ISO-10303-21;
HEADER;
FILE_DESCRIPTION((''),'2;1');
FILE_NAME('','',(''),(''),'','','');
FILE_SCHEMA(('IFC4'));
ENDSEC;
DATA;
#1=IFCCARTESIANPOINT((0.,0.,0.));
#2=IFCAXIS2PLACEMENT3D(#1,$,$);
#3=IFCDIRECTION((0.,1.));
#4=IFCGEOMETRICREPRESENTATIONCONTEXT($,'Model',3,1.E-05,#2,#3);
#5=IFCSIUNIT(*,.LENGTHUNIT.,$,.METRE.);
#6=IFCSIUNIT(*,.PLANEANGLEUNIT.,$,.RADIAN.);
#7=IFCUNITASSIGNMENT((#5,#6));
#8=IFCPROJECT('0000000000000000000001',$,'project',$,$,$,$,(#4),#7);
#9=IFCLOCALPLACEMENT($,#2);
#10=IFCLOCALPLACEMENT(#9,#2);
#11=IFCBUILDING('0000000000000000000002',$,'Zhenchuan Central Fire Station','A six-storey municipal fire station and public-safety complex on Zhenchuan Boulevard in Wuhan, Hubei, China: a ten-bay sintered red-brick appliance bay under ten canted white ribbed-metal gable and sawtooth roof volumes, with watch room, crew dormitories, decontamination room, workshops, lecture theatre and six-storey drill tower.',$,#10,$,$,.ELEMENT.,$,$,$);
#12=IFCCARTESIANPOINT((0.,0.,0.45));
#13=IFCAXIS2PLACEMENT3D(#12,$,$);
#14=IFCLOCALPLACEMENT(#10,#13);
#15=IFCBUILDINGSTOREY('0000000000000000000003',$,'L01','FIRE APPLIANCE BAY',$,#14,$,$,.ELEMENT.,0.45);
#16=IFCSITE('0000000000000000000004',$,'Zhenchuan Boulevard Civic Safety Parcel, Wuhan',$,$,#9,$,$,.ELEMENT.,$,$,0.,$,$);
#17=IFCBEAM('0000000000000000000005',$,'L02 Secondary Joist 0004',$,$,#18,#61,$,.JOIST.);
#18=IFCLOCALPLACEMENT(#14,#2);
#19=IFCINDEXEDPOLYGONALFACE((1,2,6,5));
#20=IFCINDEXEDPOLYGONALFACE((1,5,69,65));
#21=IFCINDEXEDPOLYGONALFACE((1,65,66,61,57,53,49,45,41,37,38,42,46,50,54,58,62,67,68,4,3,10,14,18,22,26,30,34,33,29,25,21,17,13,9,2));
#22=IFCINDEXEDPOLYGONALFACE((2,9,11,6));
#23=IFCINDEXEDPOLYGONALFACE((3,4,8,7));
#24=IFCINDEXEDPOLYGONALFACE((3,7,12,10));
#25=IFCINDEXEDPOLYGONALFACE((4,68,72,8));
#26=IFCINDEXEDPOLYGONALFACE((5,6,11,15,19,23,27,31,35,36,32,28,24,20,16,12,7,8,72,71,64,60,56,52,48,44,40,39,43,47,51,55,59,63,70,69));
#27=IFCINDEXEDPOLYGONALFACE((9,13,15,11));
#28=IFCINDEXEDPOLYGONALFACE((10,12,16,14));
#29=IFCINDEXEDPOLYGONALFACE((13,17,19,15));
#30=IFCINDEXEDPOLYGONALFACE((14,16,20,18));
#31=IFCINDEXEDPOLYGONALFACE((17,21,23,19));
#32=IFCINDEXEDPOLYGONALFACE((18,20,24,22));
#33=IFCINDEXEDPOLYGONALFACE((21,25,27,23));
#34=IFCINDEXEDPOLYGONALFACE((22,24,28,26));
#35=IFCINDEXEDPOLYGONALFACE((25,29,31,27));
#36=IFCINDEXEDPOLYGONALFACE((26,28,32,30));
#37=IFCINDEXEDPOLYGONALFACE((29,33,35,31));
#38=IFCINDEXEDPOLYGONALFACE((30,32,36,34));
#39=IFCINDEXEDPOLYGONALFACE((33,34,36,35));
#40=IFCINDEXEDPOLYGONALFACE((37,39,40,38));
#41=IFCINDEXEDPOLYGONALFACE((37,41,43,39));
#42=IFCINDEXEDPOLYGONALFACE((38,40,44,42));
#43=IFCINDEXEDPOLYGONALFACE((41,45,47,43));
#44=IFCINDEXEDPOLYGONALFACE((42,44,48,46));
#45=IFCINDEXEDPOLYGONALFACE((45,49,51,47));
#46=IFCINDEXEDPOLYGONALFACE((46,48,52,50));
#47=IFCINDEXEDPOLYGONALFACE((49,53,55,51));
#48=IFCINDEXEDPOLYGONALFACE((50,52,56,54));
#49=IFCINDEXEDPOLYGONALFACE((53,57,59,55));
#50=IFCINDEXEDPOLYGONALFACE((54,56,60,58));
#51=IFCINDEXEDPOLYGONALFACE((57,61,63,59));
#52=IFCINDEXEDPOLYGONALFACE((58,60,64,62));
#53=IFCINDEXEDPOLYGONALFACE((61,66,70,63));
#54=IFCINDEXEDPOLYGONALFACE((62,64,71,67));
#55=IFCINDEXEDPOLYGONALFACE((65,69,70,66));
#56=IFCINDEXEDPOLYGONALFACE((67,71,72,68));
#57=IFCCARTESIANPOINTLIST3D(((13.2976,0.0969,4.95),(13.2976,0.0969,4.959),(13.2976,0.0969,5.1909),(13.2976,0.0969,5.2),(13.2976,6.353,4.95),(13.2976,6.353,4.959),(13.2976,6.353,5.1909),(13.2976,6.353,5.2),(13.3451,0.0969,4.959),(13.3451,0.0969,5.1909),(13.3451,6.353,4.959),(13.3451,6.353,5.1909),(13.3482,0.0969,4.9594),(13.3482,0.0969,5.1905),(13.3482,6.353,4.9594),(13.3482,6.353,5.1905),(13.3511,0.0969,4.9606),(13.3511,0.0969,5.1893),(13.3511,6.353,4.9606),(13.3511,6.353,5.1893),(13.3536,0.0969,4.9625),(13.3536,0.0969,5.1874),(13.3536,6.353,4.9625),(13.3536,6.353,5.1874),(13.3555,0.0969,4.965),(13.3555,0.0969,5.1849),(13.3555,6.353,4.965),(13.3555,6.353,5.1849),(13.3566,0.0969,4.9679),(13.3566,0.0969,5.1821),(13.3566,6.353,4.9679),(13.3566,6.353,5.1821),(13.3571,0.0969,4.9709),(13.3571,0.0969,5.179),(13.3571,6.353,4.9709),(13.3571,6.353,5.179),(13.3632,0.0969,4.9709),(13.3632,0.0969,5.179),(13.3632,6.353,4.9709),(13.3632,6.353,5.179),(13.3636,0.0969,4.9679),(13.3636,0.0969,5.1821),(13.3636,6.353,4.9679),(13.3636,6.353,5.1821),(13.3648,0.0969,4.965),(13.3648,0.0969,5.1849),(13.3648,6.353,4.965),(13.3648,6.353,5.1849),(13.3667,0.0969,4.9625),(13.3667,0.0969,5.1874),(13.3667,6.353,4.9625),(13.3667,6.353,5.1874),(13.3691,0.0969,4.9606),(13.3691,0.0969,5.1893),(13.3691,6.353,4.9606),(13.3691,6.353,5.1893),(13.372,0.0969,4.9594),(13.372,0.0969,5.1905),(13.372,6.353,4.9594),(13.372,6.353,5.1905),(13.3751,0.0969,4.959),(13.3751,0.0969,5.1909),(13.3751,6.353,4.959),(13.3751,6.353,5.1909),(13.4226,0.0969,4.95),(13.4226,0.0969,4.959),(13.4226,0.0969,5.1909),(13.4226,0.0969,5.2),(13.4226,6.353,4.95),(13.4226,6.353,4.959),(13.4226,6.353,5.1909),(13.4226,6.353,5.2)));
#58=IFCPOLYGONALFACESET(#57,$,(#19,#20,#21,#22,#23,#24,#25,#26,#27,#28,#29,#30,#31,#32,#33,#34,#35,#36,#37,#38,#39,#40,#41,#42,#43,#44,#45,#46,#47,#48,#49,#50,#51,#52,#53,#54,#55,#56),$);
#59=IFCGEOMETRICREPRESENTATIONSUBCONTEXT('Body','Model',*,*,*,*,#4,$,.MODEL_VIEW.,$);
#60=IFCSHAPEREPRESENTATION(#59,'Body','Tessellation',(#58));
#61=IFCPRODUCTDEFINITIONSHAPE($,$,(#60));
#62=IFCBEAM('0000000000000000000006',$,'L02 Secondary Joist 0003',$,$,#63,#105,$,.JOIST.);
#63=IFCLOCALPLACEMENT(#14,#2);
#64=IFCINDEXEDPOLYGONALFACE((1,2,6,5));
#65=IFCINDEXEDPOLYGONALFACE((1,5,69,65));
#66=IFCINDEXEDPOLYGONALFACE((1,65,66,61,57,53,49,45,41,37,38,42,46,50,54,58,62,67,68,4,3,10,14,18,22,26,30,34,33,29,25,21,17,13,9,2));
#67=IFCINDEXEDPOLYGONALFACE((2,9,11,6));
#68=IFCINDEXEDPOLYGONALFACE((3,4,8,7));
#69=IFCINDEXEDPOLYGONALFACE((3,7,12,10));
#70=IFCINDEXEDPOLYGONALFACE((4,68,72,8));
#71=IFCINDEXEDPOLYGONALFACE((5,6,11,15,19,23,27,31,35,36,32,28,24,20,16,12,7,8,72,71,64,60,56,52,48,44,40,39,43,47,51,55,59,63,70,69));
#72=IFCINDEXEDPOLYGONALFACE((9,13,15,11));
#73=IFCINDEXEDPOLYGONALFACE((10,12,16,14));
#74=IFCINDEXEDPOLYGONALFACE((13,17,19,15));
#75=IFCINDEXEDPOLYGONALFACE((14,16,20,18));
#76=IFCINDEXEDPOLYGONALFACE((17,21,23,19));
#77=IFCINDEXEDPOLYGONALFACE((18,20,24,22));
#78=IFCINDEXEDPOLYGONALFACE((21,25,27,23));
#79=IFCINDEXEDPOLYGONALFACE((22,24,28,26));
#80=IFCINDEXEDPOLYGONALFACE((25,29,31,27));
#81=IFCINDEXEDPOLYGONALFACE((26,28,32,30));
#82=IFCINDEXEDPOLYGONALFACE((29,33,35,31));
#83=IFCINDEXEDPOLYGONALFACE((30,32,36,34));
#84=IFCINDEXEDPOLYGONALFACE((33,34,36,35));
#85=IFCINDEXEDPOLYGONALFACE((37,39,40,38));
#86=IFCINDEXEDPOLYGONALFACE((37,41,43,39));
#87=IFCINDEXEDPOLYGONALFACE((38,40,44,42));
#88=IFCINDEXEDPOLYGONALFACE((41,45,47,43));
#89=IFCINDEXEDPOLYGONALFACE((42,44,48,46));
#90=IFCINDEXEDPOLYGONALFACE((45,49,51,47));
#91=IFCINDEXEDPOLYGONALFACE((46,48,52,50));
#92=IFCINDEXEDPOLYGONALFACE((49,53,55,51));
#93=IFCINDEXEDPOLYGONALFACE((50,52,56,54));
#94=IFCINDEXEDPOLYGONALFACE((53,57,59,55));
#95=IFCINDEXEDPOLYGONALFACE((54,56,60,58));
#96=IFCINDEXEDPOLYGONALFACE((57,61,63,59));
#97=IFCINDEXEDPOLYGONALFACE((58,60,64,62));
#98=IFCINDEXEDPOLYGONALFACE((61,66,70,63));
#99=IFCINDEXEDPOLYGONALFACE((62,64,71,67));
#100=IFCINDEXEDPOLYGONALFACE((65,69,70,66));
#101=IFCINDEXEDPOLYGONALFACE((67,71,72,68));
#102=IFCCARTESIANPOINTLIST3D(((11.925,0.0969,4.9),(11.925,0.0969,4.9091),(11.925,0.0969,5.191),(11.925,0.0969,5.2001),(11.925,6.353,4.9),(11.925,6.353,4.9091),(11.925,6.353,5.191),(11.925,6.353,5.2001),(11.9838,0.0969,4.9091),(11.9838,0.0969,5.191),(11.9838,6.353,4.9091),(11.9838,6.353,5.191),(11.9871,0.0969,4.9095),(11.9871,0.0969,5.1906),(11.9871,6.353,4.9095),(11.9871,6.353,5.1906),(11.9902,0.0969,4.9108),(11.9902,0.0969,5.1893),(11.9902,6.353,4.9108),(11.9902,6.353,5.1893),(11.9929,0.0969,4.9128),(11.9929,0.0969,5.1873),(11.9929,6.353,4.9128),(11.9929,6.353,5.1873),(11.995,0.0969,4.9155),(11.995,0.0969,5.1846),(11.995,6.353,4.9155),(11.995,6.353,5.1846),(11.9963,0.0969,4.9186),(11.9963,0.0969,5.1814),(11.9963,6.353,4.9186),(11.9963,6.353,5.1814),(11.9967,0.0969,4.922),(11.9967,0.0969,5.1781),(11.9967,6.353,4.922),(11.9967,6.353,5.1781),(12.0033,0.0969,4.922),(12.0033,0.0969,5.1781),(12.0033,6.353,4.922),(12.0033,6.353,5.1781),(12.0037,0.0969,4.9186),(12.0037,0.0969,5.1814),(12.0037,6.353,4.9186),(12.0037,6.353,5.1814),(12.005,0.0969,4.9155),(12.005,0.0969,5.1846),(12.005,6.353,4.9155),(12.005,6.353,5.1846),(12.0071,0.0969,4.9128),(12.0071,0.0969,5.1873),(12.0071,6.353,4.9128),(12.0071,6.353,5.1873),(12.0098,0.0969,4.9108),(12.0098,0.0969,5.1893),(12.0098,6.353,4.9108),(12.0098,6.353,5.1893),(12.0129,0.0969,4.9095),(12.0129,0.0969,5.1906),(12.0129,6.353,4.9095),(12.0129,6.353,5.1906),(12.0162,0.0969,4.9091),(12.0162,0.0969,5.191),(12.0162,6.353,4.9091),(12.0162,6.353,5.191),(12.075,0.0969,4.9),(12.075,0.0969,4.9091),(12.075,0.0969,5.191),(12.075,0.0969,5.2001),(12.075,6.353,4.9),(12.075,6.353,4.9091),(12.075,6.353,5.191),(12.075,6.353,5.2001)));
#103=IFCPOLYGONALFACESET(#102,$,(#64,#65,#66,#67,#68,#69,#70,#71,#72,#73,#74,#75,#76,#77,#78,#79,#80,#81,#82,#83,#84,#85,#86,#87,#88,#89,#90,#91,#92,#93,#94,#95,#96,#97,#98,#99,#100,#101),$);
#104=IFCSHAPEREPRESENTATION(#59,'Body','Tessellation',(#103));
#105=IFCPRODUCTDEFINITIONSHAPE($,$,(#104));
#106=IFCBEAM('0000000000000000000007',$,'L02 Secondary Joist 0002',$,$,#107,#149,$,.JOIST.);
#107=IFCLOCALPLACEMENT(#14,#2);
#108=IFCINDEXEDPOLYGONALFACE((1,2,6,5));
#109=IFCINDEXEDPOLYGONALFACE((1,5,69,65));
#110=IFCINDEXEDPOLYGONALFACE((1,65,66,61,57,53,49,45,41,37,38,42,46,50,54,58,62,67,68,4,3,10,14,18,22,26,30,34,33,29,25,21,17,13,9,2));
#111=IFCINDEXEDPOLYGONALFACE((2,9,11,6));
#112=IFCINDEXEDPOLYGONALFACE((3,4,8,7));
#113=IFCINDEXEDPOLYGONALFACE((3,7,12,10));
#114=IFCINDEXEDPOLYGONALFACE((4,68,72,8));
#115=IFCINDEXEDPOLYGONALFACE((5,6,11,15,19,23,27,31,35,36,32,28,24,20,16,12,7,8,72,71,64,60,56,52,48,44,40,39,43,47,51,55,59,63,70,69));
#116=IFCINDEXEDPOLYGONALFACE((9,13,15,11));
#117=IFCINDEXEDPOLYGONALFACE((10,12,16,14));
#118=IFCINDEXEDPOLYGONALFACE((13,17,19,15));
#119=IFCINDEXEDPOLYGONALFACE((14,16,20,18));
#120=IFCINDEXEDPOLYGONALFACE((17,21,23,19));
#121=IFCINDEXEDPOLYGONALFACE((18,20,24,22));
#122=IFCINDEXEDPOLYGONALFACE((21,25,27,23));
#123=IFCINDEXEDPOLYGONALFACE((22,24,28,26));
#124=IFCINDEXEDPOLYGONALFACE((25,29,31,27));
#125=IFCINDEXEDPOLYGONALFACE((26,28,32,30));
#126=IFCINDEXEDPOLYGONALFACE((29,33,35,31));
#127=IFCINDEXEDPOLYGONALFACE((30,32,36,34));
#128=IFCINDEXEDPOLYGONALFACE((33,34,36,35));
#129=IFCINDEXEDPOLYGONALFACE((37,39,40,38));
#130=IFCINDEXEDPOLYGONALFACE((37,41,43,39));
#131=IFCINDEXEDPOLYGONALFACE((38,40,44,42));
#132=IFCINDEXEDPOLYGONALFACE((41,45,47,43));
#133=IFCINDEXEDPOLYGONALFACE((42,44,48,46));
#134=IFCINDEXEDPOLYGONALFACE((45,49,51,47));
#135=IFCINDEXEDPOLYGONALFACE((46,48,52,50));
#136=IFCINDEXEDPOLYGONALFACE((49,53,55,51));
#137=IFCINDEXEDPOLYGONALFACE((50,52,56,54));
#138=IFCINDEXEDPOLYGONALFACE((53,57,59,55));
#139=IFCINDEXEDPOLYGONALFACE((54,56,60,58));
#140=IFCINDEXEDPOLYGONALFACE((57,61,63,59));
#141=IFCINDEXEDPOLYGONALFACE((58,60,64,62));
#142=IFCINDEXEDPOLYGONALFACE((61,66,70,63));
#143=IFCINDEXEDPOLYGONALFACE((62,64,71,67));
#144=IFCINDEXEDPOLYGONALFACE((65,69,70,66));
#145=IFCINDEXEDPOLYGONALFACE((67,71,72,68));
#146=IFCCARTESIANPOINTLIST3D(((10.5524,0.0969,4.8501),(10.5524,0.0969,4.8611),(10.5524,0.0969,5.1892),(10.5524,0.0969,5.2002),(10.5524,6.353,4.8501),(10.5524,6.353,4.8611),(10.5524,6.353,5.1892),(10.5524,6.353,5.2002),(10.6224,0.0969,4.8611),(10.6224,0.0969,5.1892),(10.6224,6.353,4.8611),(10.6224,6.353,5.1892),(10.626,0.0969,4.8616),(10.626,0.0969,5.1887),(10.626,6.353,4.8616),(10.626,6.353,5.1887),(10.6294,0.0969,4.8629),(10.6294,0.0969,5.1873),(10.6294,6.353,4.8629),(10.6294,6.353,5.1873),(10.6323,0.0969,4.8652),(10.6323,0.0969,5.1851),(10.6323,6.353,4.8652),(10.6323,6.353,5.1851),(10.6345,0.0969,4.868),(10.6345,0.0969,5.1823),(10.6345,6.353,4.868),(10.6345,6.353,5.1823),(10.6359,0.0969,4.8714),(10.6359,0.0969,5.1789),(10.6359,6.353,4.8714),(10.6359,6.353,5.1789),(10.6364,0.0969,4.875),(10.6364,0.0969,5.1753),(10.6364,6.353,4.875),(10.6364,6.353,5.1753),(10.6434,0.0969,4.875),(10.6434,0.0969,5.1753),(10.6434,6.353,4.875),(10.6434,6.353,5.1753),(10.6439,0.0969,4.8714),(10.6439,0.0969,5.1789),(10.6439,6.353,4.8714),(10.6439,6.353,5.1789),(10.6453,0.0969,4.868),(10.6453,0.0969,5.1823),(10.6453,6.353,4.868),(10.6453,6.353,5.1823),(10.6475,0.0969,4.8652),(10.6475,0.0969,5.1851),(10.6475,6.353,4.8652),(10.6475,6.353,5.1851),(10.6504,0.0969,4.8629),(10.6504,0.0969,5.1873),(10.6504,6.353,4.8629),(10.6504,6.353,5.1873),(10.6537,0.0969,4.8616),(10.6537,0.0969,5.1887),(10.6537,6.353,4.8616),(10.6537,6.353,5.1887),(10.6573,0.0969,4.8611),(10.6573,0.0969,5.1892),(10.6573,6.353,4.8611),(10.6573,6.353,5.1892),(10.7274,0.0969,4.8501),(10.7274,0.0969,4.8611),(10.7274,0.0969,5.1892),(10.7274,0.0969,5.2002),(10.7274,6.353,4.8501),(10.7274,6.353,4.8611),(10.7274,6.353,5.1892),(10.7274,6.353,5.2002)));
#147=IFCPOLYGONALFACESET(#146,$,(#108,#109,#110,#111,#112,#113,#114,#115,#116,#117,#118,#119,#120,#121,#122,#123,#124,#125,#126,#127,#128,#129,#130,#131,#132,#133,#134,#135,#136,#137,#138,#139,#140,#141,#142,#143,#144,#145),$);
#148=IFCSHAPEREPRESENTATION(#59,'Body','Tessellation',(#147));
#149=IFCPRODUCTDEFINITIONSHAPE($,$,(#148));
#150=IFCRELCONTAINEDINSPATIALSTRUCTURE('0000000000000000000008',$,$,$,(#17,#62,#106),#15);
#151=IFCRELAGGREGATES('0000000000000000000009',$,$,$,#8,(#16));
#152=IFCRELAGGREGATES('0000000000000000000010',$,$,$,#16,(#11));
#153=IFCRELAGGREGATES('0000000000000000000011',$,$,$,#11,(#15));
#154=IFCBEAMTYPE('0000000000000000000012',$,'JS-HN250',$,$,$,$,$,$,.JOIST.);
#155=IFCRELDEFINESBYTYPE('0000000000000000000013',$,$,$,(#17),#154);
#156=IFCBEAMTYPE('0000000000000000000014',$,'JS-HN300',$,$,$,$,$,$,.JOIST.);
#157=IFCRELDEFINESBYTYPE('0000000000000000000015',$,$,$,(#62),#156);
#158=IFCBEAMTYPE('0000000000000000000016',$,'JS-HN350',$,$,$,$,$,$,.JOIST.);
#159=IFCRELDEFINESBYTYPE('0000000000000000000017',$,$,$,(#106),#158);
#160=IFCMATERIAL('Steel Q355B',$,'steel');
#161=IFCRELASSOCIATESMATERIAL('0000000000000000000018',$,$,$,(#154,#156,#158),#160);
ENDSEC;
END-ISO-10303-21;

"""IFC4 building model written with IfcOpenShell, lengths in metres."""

from ifc_helpers import new_model, si_unit, direction, frame, origin, origin_2d, place, context, subcontext, project, spatial, i_section, extrude, material, material_profile, profile_set, type_object, element, save


model = new_model("IFC4")

# Units and contexts
model_context = context("Model", 3, precision=1e-05, world=origin(), true_north=direction((0.0, 1.0)))
body_context = subcontext(model_context, "Body", "Model", "MODEL_VIEW")
ifc_project = project(units=[si_unit("LENGTHUNIT", "METRE"), si_unit("PLANEANGLEUNIT", "RADIAN")], contexts=[model_context])

# Site, building, storey
site_placement = place(None, origin())
site = spatial("IfcSite", under=ifc_project, at=site_placement, Name="Zhenchuan Boulevard Civic Safety Parcel, Wuhan", CompositionType="ELEMENT", RefElevation=0.0)
building_placement = place(site_placement, origin())
building = spatial("IfcBuilding", under=site, at=building_placement, Name="Zhenchuan Central Fire Station", Description="A six-storey municipal fire station and public-safety complex on Zhenchuan Boulevard in Wuhan, Hubei, China: a ten-bay sintered red-brick appliance bay under ten canted white ribbed-metal gable and sawtooth roof volumes, with watch room, crew dormitories, decontamination room, workshops, lecture theatre and six-storey drill tower.", CompositionType="ELEMENT")
storey_placement = place(building_placement, frame((0.0, 0.0, 0.45)))
storey = spatial("IfcBuildingStorey", under=building, at=storey_placement, Name="L01", Description="FIRE APPLIANCE BAY", CompositionType="ELEMENT", Elevation=0.45)

# Shared definitions
ifc_material_1 = material(Name="Steel Q355B", Category="steel")

# Beams
ifc_material_profile_1 = material_profile(ifc_material_1, i_section(OverallWidth=0.125, OverallDepth=0.25, WebThickness=0.0061, FlangeThickness=0.009, FilletRadius=0.012, at=origin_2d()), Name="HN 250x125")
ifc_profile_set_1 = profile_set([ifc_material_profile_1], Name="Steel Q355B")
beam_type_1 = type_object("IfcBeamType", Name="JS-HN250", PredefinedType="JOIST", material=ifc_profile_set_1)
beam_1_placement = place(storey_placement, frame((13.3601, 0.0969, 5.075), z_axis=(0.0, 1.0, 0.0), x_axis=(-1.0, 0.0, 0.0)))
element("IfcBeam", 1, at=beam_1_placement, inside=storey, type_object=beam_type_1, Name="L02 Secondary Joist 0004", PredefinedType="JOIST", context=body_context, shape_type="SweptSolid", body=[
    extrude(i_section(OverallWidth=0.125, OverallDepth=0.25, WebThickness=0.0061, FlangeThickness=0.009, FilletRadius=0.012, at=origin_2d()), origin(), (0.0, 0.0, 1.0), 6.2561),
])
ifc_material_profile_2 = material_profile(ifc_material_1, i_section(OverallWidth=0.1499, OverallDepth=0.3, WebThickness=0.0066, FlangeThickness=0.009, FilletRadius=0.0129, at=origin_2d()), Name="HN 300x150")
ifc_profile_set_2 = profile_set([ifc_material_profile_2], Name="Steel Q355B")
beam_type_2 = type_object("IfcBeamType", Name="JS-HN300", PredefinedType="JOIST", material=ifc_profile_set_2)
beam_2_placement = place(storey_placement, frame((12.0, 0.0969, 5.05), z_axis=(0.0, 1.0, 0.0), x_axis=(-1.0, 0.0, 0.0)))
element("IfcBeam", 2, at=beam_2_placement, inside=storey, type_object=beam_type_2, Name="L02 Secondary Joist 0003", PredefinedType="JOIST", context=body_context, shape_type="SweptSolid", body=[
    extrude(i_section(OverallWidth=0.1499, OverallDepth=0.3, WebThickness=0.0066, FlangeThickness=0.009, FilletRadius=0.0129, at=origin_2d()), origin(), (0.0, 0.0, 1.0), 6.2561),
])
ifc_material_profile_3 = material_profile(ifc_material_1, i_section(OverallWidth=0.175, OverallDepth=0.3501, WebThickness=0.0071, FlangeThickness=0.011, FilletRadius=0.0139, at=origin_2d()), Name="HN 350x175")
ifc_profile_set_3 = profile_set([ifc_material_profile_3], Name="Steel Q355B")
beam_type_3 = type_object("IfcBeamType", Name="JS-HN350", PredefinedType="JOIST", material=ifc_profile_set_3)
beam_3_placement = place(storey_placement, frame((10.6399, 0.0969, 5.0251), z_axis=(0.0, 1.0, 0.0), x_axis=(-1.0, 0.0, 0.0)))
element("IfcBeam", 3, at=beam_3_placement, inside=storey, type_object=beam_type_3, Name="L02 Secondary Joist 0002", PredefinedType="JOIST", context=body_context, shape_type="SweptSolid", body=[
    extrude(i_section(OverallWidth=0.175, OverallDepth=0.3501, WebThickness=0.0071, FlangeThickness=0.011, FilletRadius=0.0139, at=origin_2d()), origin(), (0.0, 0.0, 1.0), 6.2561),
])

save(model, "model.ifc")
